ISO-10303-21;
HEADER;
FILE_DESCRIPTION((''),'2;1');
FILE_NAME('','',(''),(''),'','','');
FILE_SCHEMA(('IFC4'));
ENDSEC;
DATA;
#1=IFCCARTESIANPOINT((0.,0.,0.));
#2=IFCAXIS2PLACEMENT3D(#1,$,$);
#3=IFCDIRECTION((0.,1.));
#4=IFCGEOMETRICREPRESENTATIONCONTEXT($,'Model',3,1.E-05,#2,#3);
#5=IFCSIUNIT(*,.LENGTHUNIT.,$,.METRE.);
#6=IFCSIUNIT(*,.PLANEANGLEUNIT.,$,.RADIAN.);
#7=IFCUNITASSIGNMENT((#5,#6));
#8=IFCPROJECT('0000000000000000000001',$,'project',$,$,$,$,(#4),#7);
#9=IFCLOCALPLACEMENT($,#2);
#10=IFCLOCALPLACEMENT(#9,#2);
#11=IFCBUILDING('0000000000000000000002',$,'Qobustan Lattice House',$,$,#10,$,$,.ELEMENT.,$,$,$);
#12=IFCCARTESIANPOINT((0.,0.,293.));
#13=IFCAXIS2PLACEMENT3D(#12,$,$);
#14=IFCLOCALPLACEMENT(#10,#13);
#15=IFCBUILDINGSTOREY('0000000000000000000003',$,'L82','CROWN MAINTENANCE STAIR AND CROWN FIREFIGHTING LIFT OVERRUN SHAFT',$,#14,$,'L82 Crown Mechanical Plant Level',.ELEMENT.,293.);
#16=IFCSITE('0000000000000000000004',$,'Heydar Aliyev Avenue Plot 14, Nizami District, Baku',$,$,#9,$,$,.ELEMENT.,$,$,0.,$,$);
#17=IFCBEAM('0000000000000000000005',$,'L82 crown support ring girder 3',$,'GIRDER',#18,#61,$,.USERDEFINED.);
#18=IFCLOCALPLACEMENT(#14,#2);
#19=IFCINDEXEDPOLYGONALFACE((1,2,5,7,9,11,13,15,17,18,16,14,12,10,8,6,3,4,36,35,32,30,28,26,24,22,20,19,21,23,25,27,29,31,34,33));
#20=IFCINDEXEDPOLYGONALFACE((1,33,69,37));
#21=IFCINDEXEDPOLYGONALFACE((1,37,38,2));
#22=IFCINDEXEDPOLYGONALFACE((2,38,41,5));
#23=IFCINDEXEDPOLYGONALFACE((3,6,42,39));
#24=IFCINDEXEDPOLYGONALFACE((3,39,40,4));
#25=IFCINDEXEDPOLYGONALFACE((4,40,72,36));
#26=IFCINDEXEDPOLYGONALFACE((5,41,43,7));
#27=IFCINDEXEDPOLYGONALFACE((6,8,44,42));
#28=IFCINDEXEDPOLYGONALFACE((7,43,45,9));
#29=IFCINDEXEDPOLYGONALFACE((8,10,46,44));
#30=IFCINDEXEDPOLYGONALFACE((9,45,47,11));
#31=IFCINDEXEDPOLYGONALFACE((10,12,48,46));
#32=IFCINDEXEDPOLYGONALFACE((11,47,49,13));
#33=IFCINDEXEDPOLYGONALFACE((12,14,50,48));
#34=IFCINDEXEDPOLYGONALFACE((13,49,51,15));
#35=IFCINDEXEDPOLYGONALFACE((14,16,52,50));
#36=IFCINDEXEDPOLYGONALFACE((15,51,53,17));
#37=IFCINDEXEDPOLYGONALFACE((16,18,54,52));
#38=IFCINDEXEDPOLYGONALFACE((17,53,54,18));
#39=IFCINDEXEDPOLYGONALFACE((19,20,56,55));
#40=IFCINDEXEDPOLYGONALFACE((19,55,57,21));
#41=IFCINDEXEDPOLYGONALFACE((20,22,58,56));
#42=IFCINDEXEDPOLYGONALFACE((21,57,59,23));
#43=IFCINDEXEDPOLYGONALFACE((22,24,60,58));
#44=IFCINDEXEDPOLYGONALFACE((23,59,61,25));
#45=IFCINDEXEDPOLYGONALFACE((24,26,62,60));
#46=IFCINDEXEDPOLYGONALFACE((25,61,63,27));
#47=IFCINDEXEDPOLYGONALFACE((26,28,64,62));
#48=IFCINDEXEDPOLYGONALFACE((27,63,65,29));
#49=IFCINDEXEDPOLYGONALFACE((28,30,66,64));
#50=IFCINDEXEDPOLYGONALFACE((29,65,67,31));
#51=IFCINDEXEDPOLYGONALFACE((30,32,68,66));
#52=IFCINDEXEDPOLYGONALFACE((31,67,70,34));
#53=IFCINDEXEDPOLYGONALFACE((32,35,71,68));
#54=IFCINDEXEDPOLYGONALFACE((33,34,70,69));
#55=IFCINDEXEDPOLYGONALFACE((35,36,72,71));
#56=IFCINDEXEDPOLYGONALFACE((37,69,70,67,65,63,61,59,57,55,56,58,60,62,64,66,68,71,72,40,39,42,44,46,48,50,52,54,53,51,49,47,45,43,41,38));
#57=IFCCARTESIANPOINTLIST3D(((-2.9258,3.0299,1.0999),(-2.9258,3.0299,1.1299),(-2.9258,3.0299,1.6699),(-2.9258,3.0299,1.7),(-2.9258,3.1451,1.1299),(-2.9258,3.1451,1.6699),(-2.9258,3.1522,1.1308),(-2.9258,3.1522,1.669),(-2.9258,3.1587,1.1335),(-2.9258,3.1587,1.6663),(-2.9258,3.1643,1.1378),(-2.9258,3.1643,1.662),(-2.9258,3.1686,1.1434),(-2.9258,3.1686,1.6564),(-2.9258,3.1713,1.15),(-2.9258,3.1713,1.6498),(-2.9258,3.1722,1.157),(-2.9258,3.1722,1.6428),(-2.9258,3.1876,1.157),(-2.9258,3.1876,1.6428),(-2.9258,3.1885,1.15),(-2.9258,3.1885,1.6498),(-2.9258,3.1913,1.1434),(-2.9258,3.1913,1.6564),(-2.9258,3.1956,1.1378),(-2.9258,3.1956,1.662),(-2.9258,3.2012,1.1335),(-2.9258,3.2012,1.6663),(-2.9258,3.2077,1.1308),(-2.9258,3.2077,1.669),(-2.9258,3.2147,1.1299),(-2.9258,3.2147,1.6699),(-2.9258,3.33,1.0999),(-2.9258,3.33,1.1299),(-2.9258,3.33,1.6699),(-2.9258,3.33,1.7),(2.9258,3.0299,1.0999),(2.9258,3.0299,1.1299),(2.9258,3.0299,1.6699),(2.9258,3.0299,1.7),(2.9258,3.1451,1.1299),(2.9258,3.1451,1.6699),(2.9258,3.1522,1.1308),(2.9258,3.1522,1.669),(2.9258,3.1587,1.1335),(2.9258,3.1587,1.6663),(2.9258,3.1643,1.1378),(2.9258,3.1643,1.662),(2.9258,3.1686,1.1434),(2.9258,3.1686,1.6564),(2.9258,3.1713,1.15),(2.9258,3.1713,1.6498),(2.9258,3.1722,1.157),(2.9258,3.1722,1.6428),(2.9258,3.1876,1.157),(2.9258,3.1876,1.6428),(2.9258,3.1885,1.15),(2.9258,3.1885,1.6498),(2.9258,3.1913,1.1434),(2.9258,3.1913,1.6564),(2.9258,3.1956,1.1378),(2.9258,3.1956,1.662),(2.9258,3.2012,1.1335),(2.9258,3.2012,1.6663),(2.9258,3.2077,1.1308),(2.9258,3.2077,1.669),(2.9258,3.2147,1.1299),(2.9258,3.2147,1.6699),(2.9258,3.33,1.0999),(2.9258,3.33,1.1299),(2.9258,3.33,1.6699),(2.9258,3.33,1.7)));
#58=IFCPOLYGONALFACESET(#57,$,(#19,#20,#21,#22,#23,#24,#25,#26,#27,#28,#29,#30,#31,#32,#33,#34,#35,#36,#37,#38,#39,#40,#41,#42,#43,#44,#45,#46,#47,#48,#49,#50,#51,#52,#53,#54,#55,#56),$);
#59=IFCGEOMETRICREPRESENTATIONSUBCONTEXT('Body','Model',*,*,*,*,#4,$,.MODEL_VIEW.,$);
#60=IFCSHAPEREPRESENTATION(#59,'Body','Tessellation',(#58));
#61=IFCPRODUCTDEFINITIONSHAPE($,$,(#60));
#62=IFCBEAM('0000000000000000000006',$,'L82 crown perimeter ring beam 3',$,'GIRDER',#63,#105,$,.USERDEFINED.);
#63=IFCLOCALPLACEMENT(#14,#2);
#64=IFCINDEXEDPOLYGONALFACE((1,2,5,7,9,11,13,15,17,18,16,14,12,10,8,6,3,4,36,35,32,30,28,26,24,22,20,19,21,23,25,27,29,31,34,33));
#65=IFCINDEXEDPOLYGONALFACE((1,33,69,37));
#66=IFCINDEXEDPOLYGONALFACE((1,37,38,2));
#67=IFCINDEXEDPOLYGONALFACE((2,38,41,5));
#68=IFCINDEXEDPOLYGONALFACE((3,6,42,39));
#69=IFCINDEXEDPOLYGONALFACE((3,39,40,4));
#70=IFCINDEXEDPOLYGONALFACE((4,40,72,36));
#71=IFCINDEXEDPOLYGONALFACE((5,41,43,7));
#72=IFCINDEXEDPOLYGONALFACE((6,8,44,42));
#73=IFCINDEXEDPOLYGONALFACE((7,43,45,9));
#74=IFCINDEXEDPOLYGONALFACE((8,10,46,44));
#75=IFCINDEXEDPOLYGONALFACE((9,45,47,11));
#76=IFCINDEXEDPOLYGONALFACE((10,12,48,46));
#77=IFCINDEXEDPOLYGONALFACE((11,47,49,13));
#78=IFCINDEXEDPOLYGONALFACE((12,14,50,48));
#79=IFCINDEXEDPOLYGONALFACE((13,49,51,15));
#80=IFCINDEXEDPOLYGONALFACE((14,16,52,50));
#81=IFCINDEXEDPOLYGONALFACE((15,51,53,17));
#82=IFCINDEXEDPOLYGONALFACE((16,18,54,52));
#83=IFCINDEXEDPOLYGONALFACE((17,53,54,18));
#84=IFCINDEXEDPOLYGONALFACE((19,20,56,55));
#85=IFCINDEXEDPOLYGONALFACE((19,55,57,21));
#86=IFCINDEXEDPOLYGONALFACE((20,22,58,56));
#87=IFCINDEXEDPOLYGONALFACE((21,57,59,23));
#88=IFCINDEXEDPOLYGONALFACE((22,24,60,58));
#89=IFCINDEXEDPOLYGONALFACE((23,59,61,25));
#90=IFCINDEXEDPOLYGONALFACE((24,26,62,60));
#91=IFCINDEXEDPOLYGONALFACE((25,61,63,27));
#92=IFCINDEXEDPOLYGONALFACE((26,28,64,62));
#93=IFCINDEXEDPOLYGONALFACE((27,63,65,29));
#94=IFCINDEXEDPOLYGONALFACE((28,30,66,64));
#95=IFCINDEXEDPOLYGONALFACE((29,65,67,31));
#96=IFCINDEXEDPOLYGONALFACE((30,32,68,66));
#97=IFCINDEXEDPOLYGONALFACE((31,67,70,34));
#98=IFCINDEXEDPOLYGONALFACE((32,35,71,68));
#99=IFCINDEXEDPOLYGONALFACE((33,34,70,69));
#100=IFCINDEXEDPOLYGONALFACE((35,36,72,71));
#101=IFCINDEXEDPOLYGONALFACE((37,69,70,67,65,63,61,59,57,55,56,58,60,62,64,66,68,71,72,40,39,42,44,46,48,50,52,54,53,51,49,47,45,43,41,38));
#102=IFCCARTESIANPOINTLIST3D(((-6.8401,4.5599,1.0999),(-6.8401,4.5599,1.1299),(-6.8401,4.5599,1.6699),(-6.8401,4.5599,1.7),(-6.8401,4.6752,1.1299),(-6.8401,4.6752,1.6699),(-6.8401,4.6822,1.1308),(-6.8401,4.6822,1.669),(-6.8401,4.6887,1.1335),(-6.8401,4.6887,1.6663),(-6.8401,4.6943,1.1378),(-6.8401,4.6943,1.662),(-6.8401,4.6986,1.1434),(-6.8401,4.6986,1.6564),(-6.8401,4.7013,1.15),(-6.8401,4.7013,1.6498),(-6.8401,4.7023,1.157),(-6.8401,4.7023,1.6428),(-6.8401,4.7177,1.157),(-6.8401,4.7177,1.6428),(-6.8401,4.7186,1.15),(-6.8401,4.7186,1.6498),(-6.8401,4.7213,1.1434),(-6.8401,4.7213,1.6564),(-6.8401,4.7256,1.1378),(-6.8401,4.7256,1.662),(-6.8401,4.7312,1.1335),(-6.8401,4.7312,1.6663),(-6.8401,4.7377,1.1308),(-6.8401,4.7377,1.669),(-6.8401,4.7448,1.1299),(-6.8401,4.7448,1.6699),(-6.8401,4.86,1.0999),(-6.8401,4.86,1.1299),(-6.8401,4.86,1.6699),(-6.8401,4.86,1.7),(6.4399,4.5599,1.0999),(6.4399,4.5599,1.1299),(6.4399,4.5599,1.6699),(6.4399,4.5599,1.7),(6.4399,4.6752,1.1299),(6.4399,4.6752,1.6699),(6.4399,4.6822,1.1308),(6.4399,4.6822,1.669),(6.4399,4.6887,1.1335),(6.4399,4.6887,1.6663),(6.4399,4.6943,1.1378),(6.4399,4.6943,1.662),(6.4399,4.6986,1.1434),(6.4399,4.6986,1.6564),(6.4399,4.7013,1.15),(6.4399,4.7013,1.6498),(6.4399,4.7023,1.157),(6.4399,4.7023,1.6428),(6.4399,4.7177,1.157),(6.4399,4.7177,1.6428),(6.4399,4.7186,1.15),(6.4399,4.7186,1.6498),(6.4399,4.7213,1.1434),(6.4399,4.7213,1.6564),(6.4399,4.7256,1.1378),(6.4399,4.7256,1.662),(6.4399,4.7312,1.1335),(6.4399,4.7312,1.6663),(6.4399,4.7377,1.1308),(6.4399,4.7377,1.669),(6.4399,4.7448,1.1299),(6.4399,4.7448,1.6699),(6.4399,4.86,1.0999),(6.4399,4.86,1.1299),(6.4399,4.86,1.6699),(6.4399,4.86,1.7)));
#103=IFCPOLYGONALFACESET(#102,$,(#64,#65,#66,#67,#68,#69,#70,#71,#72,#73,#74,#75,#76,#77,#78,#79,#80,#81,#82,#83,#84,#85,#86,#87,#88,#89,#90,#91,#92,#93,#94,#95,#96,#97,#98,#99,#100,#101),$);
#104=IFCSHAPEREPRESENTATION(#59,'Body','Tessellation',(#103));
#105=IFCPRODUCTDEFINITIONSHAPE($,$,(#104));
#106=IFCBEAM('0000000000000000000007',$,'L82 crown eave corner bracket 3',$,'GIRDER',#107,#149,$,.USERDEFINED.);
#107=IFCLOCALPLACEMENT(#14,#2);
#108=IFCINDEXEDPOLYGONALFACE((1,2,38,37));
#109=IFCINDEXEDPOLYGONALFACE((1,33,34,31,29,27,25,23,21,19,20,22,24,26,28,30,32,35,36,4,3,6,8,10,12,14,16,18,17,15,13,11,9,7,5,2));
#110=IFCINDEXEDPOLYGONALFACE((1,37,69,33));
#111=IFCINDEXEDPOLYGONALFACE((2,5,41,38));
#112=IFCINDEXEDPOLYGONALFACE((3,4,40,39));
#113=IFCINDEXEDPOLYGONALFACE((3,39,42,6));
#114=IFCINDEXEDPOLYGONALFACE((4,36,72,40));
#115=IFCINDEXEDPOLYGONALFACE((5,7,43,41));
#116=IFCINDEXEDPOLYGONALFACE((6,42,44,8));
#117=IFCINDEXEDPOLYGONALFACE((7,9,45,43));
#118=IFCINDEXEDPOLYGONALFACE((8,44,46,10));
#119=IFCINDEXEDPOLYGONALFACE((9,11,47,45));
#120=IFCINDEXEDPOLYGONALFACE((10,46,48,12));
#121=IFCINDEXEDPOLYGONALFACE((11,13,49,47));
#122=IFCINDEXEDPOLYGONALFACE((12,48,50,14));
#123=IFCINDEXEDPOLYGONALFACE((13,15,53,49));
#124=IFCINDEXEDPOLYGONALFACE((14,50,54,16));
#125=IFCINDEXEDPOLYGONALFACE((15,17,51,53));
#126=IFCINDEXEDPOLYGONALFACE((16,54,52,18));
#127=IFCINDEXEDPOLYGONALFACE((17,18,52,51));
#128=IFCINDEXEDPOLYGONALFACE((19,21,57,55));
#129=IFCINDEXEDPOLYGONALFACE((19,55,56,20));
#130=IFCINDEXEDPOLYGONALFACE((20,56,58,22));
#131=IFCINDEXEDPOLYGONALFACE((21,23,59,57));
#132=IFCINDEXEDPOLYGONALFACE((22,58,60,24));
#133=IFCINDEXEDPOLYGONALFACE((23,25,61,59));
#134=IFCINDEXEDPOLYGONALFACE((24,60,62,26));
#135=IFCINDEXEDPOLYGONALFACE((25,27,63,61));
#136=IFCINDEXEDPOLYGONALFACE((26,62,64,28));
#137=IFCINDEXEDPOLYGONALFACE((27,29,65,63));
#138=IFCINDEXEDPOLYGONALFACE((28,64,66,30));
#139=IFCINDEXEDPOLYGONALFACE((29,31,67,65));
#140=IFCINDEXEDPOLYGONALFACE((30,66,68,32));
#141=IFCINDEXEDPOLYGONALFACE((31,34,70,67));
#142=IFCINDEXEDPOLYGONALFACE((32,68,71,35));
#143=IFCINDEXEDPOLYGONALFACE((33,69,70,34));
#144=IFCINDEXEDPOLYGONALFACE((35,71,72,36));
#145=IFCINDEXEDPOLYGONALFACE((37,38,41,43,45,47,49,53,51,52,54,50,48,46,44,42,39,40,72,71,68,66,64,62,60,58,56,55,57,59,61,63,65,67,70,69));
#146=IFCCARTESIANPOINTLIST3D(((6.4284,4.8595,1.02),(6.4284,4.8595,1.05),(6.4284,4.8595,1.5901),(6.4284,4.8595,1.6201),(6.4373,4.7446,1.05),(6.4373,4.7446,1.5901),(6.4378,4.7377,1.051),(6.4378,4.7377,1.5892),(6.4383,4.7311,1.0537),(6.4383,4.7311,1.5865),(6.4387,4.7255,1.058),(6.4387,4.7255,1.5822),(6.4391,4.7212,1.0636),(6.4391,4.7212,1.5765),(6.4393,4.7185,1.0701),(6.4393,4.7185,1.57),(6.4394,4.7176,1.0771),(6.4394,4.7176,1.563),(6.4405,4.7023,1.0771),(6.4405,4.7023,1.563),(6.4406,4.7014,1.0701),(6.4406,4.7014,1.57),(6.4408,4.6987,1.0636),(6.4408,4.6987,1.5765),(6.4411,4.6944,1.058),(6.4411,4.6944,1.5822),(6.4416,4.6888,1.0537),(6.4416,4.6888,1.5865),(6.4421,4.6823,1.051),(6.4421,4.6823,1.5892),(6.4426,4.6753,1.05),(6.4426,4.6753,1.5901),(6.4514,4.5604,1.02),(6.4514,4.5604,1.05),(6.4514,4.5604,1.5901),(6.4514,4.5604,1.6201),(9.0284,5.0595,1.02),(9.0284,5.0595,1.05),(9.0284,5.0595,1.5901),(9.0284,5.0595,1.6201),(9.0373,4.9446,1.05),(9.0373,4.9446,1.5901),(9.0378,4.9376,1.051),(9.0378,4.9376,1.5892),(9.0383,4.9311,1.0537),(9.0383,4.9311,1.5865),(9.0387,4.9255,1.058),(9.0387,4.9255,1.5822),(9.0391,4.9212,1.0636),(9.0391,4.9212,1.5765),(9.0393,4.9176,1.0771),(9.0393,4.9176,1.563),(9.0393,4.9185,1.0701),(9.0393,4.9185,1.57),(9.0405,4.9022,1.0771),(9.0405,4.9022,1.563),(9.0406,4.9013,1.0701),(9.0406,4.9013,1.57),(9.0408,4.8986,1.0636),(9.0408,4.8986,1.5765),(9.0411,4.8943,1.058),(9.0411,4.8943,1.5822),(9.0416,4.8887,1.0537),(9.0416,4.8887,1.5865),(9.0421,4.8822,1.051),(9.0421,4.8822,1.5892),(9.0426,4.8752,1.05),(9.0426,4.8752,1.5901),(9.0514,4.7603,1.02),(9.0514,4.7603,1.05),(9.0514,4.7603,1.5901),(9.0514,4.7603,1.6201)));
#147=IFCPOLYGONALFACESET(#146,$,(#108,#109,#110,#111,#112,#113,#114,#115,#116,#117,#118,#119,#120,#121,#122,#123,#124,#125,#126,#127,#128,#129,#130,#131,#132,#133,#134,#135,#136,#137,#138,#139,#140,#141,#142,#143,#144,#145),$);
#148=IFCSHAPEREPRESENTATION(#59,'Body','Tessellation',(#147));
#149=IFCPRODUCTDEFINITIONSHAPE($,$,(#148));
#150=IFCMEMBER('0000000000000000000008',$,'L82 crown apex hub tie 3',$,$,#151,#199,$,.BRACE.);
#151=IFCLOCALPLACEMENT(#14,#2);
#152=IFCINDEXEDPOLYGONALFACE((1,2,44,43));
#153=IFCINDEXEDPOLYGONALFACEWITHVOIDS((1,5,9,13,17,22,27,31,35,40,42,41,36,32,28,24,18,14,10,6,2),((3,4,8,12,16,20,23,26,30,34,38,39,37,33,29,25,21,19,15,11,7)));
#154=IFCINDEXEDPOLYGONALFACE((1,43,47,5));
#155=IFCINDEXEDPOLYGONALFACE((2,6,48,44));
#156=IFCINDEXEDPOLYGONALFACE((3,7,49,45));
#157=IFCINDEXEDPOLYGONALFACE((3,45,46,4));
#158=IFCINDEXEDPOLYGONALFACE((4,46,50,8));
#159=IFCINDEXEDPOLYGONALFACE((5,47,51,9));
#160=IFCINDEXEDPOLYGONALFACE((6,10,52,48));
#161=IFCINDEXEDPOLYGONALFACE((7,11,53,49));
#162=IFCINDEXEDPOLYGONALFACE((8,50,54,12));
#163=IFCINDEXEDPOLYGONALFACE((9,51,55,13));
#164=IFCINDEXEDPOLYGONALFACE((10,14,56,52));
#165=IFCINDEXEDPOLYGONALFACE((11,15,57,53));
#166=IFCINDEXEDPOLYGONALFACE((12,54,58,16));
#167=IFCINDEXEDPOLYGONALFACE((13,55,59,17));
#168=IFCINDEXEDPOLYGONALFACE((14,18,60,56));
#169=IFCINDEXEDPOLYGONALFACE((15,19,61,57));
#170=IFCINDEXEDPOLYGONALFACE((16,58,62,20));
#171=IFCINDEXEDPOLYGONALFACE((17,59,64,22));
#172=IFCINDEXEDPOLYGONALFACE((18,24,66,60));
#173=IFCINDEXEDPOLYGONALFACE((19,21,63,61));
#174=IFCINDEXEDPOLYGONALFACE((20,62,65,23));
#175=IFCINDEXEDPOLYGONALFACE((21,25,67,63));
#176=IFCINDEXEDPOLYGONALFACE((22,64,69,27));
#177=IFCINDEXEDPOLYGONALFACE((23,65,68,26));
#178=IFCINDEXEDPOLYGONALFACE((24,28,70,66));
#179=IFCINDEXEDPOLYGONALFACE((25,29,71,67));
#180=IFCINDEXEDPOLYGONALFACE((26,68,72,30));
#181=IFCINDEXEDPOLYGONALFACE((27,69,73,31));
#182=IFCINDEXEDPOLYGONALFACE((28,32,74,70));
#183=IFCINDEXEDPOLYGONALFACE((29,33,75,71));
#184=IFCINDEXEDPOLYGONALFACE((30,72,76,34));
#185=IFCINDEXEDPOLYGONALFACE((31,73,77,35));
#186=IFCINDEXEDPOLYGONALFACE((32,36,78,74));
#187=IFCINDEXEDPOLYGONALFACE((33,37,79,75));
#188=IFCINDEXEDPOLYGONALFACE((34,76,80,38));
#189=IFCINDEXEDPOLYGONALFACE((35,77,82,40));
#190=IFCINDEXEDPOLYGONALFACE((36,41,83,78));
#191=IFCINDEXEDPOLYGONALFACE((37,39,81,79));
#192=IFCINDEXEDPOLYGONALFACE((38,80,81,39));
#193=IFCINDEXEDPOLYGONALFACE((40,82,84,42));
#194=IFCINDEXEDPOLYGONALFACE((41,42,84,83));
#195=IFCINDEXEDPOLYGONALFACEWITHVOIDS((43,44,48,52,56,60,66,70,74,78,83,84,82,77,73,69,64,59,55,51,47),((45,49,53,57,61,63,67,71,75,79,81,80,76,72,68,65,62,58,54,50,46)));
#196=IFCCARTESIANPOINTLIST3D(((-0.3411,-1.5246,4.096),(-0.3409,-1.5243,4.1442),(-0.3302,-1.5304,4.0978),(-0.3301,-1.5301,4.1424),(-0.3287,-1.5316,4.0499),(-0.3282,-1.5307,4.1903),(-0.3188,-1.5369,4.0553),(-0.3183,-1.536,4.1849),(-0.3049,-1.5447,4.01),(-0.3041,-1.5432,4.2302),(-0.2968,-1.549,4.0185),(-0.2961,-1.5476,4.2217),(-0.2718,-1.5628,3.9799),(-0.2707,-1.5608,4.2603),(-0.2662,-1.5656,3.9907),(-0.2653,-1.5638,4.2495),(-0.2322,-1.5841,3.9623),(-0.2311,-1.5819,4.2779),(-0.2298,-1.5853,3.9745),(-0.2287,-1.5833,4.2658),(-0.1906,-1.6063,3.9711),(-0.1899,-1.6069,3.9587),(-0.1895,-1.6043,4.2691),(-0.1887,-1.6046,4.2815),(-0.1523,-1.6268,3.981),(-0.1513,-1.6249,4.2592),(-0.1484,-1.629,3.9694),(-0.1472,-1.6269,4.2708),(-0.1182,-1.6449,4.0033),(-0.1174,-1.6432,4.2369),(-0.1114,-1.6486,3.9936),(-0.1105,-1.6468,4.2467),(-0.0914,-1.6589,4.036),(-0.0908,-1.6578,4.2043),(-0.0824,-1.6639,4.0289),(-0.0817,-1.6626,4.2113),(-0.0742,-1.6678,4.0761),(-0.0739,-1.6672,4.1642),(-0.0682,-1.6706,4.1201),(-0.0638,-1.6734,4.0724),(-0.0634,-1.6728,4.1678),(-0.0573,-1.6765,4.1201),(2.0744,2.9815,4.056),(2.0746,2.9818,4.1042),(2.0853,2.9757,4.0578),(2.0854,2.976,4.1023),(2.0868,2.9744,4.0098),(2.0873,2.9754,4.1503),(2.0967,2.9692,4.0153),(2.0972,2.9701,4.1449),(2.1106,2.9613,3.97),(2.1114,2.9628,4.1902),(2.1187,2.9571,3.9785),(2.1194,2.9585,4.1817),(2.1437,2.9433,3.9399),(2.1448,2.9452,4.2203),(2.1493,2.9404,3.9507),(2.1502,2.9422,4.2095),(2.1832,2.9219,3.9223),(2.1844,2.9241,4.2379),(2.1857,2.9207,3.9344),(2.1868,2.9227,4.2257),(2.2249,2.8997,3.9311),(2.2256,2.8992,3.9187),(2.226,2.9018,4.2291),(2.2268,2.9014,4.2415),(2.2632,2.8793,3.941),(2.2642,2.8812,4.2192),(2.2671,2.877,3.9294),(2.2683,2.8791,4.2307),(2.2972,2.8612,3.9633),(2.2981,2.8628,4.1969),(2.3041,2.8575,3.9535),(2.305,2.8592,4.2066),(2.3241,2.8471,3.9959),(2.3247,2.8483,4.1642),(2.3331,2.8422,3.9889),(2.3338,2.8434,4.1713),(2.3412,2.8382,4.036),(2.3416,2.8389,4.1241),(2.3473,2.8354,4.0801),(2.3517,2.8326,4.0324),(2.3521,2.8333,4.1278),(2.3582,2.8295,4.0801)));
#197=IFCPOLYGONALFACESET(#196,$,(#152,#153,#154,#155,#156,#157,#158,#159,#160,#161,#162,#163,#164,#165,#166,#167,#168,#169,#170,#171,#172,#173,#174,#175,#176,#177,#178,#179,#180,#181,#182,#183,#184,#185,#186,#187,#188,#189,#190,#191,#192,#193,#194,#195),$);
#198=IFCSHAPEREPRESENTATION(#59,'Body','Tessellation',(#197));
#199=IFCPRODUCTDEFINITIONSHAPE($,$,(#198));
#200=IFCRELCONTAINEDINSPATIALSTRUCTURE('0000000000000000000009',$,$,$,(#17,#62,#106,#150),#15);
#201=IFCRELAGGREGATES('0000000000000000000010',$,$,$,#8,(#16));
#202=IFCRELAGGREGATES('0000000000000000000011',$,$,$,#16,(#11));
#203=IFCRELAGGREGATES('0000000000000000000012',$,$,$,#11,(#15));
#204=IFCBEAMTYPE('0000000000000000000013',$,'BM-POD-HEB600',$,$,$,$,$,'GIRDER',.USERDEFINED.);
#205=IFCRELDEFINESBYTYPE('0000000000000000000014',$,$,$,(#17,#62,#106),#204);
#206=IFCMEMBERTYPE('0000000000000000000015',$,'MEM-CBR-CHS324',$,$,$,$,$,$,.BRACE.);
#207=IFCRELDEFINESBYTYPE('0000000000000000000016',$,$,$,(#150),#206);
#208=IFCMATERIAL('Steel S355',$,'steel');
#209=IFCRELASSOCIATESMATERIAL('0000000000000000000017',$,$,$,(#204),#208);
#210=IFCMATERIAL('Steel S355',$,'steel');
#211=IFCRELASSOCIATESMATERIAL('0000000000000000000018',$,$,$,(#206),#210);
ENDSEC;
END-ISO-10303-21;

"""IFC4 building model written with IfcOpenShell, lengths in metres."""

from ifc_helpers import new_model, si_unit, direction, frame, origin, origin_2d, place, context, subcontext, project, spatial, hollow_circle, i_section, extrude, material, material_profile, profile_set, type_object, element, save


model = new_model("IFC4")

# Units and contexts
model_context = context("Model", 3, precision=1e-05, world=origin(), true_north=direction((0.0, 1.0)))
body_context = subcontext(model_context, "Body", "Model", "MODEL_VIEW")
ifc_project = project(units=[si_unit("LENGTHUNIT", "METRE"), si_unit("PLANEANGLEUNIT", "RADIAN")], contexts=[model_context])

# Site, building, storey
site_placement = place(None, origin())
site = spatial("IfcSite", under=ifc_project, at=site_placement, Name="Heydar Aliyev Avenue Plot 14, Nizami District, Baku", CompositionType="ELEMENT", RefElevation=0.0)
building_placement = place(site_placement, origin())
building = spatial("IfcBuilding", under=site, at=building_placement, Name="Qobustan Lattice House", CompositionType="ELEMENT")
storey_placement = place(building_placement, frame((0.0, 0.0, 293.0)))
storey = spatial("IfcBuildingStorey", under=building, at=storey_placement, Name="L82", Description="CROWN MAINTENANCE STAIR AND CROWN FIREFIGHTING LIFT OVERRUN SHAFT", LongName="L82 Crown Mechanical Plant Level", CompositionType="ELEMENT", Elevation=293.0)

# Beams
ifc_material_1 = material(Name="Steel S355", Category="steel")
ifc_material_profile_1 = material_profile(ifc_material_1, i_section(OverallWidth=0.3, OverallDepth=0.6001, WebThickness=0.0154, FlangeThickness=0.03, FilletRadius=0.0271, at=origin_2d()), Name="HEB600")
ifc_profile_set_1 = profile_set([ifc_material_profile_1], Name="Steel S355")
beam_type = type_object("IfcBeamType", Name="BM-POD-HEB600", ElementType="GIRDER", PredefinedType="USERDEFINED", material=ifc_profile_set_1)
beam_1_placement = place(storey_placement, frame((2.9258, 3.1799, 1.3999), z_axis=(-1.0, 0.0, 0.0), x_axis=(0.0, -1.0, 0.0)))
element("IfcBeam", 1, at=beam_1_placement, inside=storey, type_object=beam_type, Name="L82 crown support ring girder 3", ObjectType="GIRDER", PredefinedType="USERDEFINED", context=body_context, shape_type="SweptSolid", body=[
    extrude(i_section(OverallWidth=0.3, OverallDepth=0.6001, WebThickness=0.0154, FlangeThickness=0.03, FilletRadius=0.0271, at=origin_2d()), origin(), (0.0, 0.0, 1.0), 5.8516),
])
beam_2_placement = place(storey_placement, frame((6.4399, 4.71, 1.3999), z_axis=(-1.0, 0.0, 0.0), x_axis=(0.0, -1.0, 0.0)))
element("IfcBeam", 2, at=beam_2_placement, inside=storey, type_object=beam_type, Name="L82 crown perimeter ring beam 3", ObjectType="GIRDER", PredefinedType="USERDEFINED", context=body_context, shape_type="SweptSolid", body=[
    extrude(i_section(OverallWidth=0.3, OverallDepth=0.6001, WebThickness=0.0154, FlangeThickness=0.03, FilletRadius=0.0271, at=origin_2d()), origin(), (0.0, 0.0, 1.0), 13.28),
])
beam_3_placement = place(storey_placement, frame((6.4399, 4.71, 1.3201), z_axis=(0.997056, 0.076675, 0.0), x_axis=(-0.076675, 0.997056, 0.0)))
element("IfcBeam", 3, at=beam_3_placement, inside=storey, type_object=beam_type, Name="L82 crown eave corner bracket 3", ObjectType="GIRDER", PredefinedType="USERDEFINED", context=body_context, shape_type="SweptSolid", body=[
    extrude(i_section(OverallWidth=0.3, OverallDepth=0.6001, WebThickness=0.0154, FlangeThickness=0.03, FilletRadius=0.0271, at=origin_2d()), origin(), (0.0, 0.0, 1.0), 2.6077),
])

# Member
ifc_material_2 = material(Name="Steel S355", Category="steel")
ifc_material_profile_2 = material_profile(ifc_material_2, hollow_circle(Radius=0.1619, WallThickness=0.0125, at=origin_2d()), Name="CHS323.9x12.5")
ifc_profile_set_2 = profile_set([ifc_material_profile_2], Name="Steel S355")
member_type_1 = type_object("IfcMemberType", Name="MEM-CBR-CHS324", PredefinedType="BRACE", material=ifc_profile_set_2)
member_1_placement = place(storey_placement, frame((2.2156, 2.906, 4.0801), z_axis=(-0.472441, -0.881327, 0.007831), x_axis=(0.881354, -0.472456, 0.0)))
element("IfcMember", 4, at=member_1_placement, inside=storey, type_object=member_type_1, Name="L82 crown apex hub tie 3", PredefinedType="BRACE", context=body_context, shape_type="SweptSolid", body=[
    extrude(hollow_circle(Radius=0.1619, WallThickness=0.0125, at=origin_2d()), origin(), (0.0, 0.0, 1.0), 5.1128),
])

save(model, "model.ifc")
